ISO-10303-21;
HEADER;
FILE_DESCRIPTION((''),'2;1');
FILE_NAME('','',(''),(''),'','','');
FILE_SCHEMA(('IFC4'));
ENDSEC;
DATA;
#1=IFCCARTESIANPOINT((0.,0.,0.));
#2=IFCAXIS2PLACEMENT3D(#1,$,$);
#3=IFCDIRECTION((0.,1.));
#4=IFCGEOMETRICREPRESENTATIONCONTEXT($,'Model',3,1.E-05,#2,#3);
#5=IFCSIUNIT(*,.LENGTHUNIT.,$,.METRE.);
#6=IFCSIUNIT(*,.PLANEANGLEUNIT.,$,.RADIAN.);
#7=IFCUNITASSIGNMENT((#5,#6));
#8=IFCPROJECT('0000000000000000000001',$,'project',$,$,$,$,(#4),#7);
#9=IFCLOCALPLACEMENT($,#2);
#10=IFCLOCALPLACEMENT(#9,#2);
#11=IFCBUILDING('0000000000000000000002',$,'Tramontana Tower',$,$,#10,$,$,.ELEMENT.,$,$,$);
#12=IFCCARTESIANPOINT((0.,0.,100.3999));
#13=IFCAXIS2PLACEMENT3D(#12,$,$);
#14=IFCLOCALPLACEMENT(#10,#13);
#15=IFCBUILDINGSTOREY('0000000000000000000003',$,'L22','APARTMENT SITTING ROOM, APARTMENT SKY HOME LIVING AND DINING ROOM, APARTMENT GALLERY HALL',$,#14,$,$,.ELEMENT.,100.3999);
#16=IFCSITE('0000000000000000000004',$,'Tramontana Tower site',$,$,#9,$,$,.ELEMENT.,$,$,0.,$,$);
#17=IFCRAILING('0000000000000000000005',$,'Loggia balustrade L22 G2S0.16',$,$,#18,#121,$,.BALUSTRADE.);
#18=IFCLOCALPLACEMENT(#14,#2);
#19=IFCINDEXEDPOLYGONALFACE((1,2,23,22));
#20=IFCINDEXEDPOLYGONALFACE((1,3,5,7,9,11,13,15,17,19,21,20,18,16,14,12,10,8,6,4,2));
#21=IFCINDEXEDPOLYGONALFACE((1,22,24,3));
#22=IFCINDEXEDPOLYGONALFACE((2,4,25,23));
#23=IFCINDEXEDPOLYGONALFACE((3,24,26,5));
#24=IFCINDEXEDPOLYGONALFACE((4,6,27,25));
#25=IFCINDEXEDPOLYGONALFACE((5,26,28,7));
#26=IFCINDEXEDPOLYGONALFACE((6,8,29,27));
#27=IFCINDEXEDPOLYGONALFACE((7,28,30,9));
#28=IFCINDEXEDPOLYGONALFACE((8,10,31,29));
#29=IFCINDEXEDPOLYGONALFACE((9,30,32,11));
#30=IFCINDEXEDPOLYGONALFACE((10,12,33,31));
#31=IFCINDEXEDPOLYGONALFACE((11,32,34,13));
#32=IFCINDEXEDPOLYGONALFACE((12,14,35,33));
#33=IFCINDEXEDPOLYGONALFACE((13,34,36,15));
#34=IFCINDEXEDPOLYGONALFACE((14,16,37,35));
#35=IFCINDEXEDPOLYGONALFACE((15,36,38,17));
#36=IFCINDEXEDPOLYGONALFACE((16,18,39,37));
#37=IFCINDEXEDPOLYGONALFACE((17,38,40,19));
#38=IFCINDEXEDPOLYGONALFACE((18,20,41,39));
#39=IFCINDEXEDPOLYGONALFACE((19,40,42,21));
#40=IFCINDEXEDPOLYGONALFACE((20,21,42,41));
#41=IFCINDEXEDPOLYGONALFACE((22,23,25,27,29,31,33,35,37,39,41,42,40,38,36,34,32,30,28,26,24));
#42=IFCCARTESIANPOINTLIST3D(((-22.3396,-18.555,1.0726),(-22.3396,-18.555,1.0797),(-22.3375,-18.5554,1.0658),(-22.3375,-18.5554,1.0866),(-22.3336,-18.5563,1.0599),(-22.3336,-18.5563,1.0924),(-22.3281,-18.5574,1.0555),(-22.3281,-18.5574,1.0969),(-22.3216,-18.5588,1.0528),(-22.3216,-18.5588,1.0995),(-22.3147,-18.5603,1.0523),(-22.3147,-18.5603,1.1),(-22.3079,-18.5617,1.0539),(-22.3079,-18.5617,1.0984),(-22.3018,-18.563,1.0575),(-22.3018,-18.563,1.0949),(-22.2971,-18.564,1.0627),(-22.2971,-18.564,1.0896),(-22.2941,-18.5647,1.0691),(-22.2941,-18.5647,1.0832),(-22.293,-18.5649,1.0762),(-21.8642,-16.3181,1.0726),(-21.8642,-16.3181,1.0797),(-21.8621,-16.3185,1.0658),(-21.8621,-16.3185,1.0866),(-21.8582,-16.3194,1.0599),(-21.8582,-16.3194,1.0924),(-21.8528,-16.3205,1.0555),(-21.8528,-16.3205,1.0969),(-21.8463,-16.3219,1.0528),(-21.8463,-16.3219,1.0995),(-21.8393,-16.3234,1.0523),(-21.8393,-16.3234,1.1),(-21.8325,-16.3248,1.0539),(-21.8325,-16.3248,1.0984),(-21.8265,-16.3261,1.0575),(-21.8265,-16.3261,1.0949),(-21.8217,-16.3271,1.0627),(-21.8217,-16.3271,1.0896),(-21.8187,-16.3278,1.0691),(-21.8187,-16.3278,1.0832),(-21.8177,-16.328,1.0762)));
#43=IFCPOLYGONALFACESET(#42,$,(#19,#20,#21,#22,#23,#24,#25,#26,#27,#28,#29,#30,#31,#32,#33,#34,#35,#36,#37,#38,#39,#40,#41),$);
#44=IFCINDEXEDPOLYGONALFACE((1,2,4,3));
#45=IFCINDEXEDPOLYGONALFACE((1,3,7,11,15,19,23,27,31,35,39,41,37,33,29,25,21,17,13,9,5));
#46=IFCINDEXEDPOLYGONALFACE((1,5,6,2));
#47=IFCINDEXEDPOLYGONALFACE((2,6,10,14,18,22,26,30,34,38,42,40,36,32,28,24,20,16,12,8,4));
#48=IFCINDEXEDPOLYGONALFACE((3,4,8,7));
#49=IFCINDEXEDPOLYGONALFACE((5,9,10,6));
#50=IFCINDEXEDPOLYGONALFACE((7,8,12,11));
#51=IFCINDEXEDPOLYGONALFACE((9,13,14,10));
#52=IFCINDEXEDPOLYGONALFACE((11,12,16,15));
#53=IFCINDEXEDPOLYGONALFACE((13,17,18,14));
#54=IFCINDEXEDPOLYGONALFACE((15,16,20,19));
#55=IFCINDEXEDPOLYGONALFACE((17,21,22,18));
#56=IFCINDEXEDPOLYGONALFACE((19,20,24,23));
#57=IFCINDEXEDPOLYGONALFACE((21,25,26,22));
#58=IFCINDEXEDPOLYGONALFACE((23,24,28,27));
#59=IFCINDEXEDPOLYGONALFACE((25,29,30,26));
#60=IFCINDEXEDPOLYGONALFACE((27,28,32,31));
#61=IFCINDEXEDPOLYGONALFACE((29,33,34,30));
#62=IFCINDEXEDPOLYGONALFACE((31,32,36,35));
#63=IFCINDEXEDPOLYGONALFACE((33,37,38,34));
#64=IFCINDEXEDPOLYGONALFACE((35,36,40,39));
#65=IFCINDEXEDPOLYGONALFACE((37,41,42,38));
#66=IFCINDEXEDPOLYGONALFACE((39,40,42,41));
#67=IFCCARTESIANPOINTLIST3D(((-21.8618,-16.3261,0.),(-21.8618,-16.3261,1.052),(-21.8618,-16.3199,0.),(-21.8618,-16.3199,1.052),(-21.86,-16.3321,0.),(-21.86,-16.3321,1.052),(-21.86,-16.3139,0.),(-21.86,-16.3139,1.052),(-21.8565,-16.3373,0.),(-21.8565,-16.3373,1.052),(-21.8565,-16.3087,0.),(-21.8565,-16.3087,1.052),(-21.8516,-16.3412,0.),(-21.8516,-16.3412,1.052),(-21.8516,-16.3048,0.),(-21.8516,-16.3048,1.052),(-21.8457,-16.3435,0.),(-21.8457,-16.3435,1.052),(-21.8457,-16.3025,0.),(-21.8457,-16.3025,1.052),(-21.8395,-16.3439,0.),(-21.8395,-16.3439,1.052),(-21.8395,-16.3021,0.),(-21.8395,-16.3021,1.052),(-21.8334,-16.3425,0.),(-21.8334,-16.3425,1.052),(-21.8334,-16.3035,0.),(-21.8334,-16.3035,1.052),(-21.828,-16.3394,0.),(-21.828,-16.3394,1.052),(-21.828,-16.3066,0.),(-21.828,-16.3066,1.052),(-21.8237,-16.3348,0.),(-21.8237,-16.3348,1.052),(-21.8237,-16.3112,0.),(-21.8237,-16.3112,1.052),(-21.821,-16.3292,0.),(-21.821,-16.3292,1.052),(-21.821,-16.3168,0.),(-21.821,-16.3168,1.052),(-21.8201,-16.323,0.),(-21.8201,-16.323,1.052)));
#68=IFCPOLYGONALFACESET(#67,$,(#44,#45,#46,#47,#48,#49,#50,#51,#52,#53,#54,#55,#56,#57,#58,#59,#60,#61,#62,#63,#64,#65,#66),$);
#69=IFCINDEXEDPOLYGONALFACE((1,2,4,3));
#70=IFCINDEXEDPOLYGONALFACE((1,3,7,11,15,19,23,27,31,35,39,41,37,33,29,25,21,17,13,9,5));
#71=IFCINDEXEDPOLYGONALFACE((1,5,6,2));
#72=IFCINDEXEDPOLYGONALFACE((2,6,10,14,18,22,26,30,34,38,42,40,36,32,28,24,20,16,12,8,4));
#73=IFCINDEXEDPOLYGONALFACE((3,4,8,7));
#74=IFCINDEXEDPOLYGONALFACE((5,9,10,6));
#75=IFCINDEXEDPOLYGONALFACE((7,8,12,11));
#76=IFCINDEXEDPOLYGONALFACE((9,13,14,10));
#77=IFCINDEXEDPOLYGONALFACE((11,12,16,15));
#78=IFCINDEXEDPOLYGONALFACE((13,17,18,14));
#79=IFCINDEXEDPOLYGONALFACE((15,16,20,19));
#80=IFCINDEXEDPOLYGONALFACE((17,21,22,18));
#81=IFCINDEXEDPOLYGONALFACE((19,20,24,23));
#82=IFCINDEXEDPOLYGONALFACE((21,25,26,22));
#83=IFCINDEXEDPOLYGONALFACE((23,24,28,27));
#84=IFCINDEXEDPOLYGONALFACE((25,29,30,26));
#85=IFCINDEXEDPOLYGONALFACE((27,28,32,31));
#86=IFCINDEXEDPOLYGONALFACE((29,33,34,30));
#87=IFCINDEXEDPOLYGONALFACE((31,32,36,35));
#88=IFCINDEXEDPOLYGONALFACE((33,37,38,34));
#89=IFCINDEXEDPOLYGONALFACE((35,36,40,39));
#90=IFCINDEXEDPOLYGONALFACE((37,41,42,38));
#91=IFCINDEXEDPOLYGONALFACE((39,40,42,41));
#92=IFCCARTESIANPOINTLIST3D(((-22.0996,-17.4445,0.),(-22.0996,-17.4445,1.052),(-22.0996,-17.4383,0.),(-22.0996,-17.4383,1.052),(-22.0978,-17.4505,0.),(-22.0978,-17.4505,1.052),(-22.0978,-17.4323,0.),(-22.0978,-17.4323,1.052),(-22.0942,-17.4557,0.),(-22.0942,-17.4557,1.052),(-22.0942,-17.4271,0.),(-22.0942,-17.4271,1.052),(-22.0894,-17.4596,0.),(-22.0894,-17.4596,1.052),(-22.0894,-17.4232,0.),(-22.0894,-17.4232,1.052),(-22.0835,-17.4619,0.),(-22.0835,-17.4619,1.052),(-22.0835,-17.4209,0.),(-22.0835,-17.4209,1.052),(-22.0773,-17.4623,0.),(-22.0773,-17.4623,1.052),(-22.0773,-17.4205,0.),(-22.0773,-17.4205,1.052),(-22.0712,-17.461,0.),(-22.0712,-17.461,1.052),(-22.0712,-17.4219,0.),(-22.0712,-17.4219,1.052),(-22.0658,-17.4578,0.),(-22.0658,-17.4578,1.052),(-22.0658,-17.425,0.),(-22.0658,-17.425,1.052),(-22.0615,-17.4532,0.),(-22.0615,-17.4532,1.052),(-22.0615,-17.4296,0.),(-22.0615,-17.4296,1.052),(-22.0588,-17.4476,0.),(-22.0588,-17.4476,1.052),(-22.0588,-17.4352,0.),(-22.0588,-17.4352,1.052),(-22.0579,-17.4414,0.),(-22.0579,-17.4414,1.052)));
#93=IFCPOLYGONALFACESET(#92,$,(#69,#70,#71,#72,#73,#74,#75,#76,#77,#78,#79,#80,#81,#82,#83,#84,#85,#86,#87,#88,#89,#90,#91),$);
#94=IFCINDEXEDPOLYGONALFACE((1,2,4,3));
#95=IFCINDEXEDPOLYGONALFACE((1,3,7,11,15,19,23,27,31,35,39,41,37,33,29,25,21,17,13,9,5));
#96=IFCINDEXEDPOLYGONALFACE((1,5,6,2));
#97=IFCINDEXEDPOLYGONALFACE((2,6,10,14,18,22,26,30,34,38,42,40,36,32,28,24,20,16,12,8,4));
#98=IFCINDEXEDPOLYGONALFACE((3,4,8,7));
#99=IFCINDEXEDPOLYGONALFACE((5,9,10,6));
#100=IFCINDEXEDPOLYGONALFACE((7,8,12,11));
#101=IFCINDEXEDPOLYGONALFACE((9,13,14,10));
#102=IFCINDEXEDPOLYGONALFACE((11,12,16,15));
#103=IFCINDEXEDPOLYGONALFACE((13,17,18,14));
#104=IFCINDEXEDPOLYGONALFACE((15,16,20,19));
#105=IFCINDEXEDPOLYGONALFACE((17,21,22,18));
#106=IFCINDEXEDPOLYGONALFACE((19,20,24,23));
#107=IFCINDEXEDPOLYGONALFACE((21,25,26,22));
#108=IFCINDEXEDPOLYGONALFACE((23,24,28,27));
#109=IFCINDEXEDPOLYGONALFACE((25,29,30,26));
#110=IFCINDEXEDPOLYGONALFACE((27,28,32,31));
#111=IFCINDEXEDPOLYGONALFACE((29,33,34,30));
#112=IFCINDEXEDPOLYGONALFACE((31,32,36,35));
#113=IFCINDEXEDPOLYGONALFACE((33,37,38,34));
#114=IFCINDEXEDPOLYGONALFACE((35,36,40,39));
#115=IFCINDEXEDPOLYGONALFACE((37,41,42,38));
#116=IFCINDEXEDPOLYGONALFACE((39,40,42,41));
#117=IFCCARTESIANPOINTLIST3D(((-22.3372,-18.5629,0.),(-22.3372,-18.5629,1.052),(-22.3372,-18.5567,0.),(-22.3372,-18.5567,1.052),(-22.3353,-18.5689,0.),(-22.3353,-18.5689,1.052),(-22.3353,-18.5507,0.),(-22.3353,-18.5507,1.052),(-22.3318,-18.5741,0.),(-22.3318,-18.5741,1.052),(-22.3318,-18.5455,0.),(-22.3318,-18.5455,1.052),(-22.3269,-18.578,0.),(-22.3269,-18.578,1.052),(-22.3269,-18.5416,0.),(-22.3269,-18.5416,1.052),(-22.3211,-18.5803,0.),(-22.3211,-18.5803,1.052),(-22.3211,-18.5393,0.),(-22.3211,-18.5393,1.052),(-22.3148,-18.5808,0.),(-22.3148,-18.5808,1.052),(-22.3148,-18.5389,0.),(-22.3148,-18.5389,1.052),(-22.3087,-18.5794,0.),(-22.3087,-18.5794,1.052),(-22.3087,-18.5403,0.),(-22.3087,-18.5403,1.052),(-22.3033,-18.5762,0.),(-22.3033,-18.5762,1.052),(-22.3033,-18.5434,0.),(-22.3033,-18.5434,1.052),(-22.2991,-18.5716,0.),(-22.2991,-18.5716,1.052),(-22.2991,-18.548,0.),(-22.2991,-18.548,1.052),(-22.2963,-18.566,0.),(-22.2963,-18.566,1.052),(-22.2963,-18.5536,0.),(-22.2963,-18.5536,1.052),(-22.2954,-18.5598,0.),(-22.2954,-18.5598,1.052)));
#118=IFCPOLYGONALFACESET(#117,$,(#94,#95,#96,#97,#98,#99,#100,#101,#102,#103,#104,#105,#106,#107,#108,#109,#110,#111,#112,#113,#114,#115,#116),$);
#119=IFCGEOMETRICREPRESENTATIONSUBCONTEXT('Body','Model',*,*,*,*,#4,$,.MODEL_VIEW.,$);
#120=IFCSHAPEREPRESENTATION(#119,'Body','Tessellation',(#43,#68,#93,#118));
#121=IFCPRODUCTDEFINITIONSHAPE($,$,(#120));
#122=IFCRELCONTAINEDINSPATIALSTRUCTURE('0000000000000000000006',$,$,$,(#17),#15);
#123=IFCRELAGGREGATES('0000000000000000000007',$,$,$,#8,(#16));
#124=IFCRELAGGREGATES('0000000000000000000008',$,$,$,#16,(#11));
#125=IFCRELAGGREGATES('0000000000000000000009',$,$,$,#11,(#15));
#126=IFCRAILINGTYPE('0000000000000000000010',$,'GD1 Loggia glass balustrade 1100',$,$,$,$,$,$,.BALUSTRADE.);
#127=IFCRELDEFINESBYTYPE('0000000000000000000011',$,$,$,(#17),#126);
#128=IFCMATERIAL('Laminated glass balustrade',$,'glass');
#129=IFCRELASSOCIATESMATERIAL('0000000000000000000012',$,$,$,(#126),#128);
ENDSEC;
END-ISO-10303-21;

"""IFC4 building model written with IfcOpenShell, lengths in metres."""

from ifc_helpers import new_model, si_unit, direction, frame, origin, origin_2d, place, context, subcontext, project, spatial, circle, extrude, material, type_object, element, save


model = new_model("IFC4")

# Units and contexts
model_context = context("Model", 3, precision=1e-05, world=origin(), true_north=direction((0.0, 1.0)))
body_context = subcontext(model_context, "Body", "Model", "MODEL_VIEW")
ifc_project = project(units=[si_unit("LENGTHUNIT", "METRE"), si_unit("PLANEANGLEUNIT", "RADIAN")], contexts=[model_context])

# Site, building, storey
site_placement = place(None, origin())
site = spatial("IfcSite", under=ifc_project, at=site_placement, Name="Tramontana Tower site", CompositionType="ELEMENT", RefElevation=0.0)
building_placement = place(site_placement, origin())
building = spatial("IfcBuilding", under=site, at=building_placement, Name="Tramontana Tower", CompositionType="ELEMENT")
storey_placement = place(building_placement, frame((0.0, 0.0, 100.3999)))
storey = spatial("IfcBuildingStorey", under=building, at=storey_placement, Name="L22", Description="APARTMENT SITTING ROOM, APARTMENT SKY HOME LIVING AND DINING ROOM, APARTMENT GALLERY HALL", CompositionType="ELEMENT", Elevation=100.3999)

# Railing
ifc_material_1 = material(Name="Laminated glass balustrade", Category="glass")
railing_type = type_object("IfcRailingType", Name="GD1 Loggia glass balustrade 1100", PredefinedType="BALUSTRADE", material=ifc_material_1)
railing_1_placement = place(storey_placement, frame((-21.8411, -16.323, 0.0)))
element("IfcRailing", 1, at=railing_1_placement, inside=storey, type_object=railing_type, Name="Loggia balustrade L22 G2S0.16", PredefinedType="BALUSTRADE", context=body_context, shape_type="SweptSolid", body=[
    extrude(circle(Radius=0.0239, at=origin_2d()), frame((0.0, 0.0, 1.0762), z_axis=(-0.207866, -0.978157, 0.0), x_axis=(0.978157, -0.207866, 0.0)), (0.0, 0.0, 1.0), 2.2869),
    extrude(circle(Radius=0.021, at=origin_2d()), origin(), (0.0, 0.0, 1.0), 1.052),
    extrude(circle(Radius=0.021, at=origin_2d()), frame((-0.2378, -1.1184, 0.0)), (0.0, 0.0, 1.0), 1.052),
    extrude(circle(Radius=0.021, at=origin_2d()), frame((-0.4753, -2.2368, 0.0)), (0.0, 0.0, 1.0), 1.052),
])

save(model, "model.ifc")
